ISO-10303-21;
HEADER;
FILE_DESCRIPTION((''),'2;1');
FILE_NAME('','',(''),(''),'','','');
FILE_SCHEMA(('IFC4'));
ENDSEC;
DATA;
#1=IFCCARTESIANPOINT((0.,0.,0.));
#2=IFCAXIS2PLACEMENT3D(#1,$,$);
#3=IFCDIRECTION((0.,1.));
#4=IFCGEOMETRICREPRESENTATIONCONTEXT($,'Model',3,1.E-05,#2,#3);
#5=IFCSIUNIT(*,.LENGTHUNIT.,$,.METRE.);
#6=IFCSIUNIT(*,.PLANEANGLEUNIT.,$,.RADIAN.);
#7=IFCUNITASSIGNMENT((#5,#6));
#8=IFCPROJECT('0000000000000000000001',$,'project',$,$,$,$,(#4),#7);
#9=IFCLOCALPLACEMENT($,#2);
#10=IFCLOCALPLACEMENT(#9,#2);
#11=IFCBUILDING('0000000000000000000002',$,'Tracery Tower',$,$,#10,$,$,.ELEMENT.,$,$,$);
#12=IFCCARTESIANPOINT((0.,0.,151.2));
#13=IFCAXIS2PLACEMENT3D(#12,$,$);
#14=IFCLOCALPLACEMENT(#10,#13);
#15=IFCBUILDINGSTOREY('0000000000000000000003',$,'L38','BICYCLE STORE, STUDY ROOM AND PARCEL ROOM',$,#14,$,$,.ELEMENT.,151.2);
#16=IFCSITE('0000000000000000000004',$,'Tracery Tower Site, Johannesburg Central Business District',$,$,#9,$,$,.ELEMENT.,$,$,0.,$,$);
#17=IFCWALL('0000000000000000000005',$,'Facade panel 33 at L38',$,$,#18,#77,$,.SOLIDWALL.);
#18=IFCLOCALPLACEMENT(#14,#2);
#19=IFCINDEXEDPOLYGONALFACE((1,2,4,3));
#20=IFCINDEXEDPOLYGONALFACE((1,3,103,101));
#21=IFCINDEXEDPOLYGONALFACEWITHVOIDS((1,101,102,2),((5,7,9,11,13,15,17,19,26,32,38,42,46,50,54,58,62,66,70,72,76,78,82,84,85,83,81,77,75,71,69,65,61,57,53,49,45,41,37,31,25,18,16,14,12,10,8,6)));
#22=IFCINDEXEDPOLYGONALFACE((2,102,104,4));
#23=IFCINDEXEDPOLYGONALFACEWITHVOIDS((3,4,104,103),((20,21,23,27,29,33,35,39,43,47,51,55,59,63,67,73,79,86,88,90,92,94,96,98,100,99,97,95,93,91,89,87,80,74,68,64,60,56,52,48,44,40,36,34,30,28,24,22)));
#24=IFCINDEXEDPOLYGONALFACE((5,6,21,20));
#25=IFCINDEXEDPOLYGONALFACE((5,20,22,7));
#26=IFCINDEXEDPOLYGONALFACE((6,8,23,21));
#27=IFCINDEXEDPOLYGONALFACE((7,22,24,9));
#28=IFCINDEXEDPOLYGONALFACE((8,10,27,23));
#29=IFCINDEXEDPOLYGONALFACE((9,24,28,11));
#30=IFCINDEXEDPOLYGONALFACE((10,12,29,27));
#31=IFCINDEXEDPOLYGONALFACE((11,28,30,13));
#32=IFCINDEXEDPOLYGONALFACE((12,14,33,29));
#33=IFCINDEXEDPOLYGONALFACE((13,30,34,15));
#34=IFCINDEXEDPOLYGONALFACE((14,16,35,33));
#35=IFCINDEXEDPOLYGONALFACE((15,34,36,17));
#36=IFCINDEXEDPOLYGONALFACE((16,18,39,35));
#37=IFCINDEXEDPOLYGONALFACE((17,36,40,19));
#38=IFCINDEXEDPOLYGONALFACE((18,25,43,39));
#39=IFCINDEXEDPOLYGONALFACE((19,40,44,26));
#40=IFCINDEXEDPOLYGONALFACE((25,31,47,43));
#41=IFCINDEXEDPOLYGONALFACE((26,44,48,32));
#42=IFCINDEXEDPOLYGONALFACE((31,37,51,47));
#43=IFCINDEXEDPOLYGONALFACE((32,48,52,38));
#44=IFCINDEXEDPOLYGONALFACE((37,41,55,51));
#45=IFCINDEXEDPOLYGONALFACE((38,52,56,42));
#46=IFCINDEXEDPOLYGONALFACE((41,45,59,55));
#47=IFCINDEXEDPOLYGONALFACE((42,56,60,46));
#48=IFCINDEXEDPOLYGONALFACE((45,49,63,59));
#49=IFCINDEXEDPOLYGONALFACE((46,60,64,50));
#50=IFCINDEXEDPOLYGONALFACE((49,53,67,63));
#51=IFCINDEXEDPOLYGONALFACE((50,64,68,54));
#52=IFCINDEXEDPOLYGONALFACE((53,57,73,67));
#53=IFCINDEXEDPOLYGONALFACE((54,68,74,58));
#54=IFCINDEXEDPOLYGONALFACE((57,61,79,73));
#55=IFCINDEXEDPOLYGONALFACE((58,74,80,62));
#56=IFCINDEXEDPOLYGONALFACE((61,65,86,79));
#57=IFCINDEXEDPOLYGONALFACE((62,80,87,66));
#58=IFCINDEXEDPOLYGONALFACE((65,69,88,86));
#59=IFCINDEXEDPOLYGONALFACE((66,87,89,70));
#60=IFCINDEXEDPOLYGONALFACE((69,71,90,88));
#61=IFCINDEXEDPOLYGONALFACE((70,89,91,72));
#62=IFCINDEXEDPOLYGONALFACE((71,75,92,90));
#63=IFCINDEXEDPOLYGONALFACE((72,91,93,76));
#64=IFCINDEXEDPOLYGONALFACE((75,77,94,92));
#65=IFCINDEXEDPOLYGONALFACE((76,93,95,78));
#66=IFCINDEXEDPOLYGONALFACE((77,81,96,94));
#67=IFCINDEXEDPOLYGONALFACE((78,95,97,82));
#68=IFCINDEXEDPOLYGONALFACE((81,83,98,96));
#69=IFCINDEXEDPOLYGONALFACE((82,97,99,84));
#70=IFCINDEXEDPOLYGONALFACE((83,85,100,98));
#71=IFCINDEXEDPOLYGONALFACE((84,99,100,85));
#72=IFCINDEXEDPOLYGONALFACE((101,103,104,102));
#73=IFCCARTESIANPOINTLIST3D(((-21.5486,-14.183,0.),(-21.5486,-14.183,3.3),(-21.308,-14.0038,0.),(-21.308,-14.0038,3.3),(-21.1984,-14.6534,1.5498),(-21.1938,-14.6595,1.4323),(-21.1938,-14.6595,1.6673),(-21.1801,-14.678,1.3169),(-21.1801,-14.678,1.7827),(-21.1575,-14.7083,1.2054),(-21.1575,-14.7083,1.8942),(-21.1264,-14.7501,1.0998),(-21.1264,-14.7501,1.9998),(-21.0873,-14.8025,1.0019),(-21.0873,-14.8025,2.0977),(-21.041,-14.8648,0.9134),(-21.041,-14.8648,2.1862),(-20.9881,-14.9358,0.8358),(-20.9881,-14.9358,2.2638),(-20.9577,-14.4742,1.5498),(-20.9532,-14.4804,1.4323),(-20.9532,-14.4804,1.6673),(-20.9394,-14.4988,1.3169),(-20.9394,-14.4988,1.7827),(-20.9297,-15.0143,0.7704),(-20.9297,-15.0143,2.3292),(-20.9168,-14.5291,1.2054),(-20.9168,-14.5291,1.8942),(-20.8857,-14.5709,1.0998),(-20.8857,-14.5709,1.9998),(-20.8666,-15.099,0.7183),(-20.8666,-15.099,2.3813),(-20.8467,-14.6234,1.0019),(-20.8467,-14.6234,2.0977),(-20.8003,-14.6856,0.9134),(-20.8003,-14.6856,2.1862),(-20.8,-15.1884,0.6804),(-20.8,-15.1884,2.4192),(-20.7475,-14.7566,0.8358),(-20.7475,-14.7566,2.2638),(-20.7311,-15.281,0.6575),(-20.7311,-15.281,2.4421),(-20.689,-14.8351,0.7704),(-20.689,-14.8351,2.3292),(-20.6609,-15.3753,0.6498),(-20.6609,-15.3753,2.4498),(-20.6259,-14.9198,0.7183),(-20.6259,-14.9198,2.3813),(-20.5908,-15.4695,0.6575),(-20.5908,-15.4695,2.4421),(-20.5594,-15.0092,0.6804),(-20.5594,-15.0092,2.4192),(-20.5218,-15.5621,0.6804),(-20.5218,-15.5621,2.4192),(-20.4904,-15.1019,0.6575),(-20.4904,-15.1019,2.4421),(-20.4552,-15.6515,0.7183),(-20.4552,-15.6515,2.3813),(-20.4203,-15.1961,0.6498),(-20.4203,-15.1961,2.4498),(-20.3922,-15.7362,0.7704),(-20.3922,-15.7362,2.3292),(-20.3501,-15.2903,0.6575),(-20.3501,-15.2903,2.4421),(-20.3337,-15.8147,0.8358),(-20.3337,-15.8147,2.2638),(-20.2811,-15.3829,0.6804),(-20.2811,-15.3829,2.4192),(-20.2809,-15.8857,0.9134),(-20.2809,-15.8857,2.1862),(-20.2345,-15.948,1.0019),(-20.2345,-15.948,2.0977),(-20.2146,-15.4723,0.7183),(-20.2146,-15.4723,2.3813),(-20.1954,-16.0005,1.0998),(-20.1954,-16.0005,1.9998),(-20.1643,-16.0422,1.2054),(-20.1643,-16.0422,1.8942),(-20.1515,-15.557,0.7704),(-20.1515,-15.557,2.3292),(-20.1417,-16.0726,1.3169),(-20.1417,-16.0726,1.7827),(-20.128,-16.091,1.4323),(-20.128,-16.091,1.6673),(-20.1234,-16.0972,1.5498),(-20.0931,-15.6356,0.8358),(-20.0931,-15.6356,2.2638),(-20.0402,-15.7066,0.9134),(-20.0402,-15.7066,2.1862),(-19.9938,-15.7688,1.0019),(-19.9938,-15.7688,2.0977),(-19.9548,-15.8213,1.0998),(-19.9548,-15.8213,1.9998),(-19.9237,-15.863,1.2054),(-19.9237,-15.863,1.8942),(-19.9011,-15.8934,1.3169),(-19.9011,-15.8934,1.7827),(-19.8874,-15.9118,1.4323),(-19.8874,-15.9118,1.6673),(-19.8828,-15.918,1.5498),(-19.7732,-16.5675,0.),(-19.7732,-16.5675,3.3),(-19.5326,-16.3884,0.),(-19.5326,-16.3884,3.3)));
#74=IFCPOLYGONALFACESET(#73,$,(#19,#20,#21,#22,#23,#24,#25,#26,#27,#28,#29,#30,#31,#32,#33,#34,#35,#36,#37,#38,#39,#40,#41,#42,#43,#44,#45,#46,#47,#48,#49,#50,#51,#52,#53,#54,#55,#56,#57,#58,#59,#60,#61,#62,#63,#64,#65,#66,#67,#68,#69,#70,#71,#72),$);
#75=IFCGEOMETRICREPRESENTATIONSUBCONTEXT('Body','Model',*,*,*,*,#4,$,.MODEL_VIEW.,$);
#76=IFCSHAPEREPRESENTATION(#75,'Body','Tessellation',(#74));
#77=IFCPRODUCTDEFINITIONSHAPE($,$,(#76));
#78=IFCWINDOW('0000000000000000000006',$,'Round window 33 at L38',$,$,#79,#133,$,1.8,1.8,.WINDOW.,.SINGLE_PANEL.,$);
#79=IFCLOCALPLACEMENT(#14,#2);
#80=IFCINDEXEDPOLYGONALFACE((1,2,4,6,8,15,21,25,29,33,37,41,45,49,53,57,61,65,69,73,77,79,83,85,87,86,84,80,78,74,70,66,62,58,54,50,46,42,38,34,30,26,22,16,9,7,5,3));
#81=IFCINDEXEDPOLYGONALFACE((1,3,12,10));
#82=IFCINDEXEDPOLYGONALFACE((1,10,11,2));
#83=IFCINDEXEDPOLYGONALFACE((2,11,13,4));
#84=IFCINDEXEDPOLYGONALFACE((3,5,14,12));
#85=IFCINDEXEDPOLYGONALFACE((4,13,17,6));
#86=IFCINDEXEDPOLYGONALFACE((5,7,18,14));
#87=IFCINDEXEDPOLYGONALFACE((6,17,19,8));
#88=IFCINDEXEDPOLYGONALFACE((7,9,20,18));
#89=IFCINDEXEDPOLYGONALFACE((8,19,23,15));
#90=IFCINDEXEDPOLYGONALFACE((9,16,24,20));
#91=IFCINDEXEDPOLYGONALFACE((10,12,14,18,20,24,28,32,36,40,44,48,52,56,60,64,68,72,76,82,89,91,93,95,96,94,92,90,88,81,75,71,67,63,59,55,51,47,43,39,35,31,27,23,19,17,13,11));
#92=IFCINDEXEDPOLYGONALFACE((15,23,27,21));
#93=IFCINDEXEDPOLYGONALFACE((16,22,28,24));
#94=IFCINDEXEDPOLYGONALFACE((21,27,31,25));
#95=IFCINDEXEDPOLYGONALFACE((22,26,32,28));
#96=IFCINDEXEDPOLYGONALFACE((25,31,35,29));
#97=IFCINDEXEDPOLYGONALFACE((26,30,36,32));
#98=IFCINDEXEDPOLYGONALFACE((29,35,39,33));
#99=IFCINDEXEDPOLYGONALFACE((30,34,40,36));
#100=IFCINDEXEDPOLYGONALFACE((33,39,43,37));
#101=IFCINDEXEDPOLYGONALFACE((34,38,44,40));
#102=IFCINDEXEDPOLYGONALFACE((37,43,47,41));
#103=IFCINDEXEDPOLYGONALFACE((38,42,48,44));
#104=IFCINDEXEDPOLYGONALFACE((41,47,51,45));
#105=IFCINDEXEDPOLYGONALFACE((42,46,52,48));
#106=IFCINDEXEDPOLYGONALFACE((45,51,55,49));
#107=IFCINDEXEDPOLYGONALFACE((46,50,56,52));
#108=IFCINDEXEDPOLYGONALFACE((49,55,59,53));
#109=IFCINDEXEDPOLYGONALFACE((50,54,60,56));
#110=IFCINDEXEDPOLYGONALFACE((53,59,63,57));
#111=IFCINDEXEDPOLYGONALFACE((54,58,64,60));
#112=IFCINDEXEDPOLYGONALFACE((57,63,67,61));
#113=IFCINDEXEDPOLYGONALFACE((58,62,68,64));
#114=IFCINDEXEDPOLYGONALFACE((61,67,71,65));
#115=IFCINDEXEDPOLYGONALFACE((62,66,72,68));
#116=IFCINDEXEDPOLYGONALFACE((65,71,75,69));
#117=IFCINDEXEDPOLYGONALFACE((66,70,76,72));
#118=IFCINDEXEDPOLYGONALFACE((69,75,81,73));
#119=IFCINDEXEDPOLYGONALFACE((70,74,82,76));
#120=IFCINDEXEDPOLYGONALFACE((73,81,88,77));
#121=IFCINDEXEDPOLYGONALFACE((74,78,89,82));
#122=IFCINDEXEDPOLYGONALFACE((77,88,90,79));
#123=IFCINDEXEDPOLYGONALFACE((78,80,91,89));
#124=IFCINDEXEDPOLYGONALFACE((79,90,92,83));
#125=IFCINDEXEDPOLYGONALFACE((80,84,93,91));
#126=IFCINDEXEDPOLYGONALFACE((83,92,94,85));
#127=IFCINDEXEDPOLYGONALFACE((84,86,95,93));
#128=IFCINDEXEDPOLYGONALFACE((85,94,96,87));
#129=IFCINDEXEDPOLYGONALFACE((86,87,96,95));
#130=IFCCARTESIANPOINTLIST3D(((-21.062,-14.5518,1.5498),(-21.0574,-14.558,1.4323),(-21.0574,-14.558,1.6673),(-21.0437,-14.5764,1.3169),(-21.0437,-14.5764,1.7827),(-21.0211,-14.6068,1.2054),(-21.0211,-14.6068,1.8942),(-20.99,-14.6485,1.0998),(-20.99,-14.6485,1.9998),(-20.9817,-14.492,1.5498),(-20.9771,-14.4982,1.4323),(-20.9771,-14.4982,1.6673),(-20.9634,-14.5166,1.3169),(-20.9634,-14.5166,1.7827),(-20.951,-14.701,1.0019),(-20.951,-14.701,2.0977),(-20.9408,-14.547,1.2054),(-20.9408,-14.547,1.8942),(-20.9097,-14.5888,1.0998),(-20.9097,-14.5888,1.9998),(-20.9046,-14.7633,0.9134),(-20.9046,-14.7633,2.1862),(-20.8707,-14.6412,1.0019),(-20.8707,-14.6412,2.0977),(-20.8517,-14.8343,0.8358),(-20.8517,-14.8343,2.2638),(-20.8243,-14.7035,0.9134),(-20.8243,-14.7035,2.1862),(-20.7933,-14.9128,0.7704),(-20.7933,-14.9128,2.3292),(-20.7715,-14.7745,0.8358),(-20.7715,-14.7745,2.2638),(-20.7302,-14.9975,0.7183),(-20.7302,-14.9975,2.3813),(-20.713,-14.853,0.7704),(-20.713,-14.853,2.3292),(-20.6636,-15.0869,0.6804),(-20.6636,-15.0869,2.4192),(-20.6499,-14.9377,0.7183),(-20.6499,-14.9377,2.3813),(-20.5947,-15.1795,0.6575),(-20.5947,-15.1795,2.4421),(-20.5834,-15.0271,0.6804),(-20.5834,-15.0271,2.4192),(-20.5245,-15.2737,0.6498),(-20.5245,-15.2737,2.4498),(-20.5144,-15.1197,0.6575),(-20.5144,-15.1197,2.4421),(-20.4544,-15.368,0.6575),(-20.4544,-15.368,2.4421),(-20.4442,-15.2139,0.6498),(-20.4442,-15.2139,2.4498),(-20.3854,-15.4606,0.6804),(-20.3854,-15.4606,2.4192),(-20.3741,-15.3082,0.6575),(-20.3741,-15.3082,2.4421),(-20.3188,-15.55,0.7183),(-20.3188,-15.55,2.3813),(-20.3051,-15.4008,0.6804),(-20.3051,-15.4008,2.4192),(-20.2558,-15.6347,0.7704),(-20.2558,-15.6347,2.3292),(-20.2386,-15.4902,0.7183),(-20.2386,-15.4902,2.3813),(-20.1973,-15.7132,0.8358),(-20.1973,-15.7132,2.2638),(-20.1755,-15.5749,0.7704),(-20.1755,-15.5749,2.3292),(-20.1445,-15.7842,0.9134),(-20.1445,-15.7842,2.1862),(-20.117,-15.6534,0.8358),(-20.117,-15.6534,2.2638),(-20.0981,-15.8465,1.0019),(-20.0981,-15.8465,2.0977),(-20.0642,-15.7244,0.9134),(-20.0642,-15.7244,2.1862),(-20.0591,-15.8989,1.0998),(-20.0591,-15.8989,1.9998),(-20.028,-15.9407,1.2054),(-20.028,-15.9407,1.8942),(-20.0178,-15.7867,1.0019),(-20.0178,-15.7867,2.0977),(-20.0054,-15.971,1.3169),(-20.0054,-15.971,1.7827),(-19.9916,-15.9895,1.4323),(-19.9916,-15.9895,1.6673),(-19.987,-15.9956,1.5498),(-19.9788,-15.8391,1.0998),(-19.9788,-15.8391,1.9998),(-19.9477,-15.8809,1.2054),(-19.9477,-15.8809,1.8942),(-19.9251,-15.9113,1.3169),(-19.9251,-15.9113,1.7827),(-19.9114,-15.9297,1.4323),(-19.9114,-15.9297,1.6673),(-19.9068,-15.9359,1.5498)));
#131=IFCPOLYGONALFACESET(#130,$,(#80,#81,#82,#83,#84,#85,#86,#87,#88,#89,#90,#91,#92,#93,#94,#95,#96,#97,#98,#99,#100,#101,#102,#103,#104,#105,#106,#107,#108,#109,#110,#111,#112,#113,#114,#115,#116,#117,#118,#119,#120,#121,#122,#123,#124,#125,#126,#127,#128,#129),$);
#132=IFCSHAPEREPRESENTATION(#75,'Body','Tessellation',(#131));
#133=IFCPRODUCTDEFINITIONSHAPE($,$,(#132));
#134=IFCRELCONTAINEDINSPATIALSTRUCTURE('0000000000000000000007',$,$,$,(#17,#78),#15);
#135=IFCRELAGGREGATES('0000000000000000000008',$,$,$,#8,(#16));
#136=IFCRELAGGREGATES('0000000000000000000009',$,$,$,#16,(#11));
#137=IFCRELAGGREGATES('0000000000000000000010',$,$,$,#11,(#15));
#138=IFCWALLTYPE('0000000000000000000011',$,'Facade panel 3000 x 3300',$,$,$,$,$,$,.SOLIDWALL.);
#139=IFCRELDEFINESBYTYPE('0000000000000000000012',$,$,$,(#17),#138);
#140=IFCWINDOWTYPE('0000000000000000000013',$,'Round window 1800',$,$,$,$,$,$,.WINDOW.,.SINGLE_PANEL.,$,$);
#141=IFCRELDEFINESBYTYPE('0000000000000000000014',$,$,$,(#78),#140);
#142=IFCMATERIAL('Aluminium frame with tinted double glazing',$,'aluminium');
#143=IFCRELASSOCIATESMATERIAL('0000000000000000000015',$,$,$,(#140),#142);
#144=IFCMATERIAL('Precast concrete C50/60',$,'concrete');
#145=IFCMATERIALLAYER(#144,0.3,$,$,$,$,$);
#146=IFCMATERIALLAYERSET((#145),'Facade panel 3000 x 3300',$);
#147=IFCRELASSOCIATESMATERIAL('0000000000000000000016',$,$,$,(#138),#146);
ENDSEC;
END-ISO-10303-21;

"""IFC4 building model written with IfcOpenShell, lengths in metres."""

from ifc_helpers import new_model, si_unit, direction, frame, frame_2d, origin, origin_2d, place, context, subcontext, project, spatial, rectangle, circle, extrude, material, layer, layer_set, type_object, element, fill, save


model = new_model("IFC4")

# Units and contexts
model_context = context("Model", 3, precision=1e-05, world=origin(), true_north=direction((0.0, 1.0)))
body_context = subcontext(model_context, "Body", "Model", "MODEL_VIEW")
ifc_project = project(units=[si_unit("LENGTHUNIT", "METRE"), si_unit("PLANEANGLEUNIT", "RADIAN")], contexts=[model_context])

# Site, building, storey
site_placement = place(None, origin())
site = spatial("IfcSite", under=ifc_project, at=site_placement, Name="Tracery Tower Site, Johannesburg Central Business District", CompositionType="ELEMENT", RefElevation=0.0)
building_placement = place(site_placement, origin())
building = spatial("IfcBuilding", under=site, at=building_placement, Name="Tracery Tower", CompositionType="ELEMENT")
storey_placement = place(building_placement, frame((0.0, 0.0, 151.2)))
storey = spatial("IfcBuildingStorey", under=building, at=storey_placement, Name="L38", Description="BICYCLE STORE, STUDY ROOM AND PARCEL ROOM", CompositionType="ELEMENT", Elevation=151.2)

# Wall, opening, window
ifc_material_1 = material(Name="Aluminium frame with tinted double glazing", Category="aluminium")
window_type = type_object("IfcWindowType", Name="Round window 1800", PartitioningType="SINGLE_PANEL", PredefinedType="WINDOW", material=ifc_material_1)
ifc_material_2 = material(Name="Precast concrete C50/60", Category="concrete")
ifc_layer_1 = layer(ifc_material_2, 0.3)
ifc_layer_set_1 = layer_set([ifc_layer_1], Name="Facade panel 3000 x 3300")
wall_type_1 = type_object("IfcWallType", Name="Facade panel 3000 x 3300", PredefinedType="SOLIDWALL", material=ifc_layer_set_1)
wall_1_placement = place(storey_placement, frame((-21.4282, -14.0935, 0.0), z_axis=(0.0, 0.0, 1.0), x_axis=(0.597198, -0.802094, 0.0)))
wall_1 = element("IfcWall", 1, at=wall_1_placement, inside=storey, type_object=wall_type_1, Name="Facade panel 33 at L38", PredefinedType="SOLIDWALL", context=body_context, shape_type="SweptSolid", body=[
    extrude(rectangle(XDim=2.9729, YDim=0.3, at=frame_2d((1.4863, 0.0))), origin(), (0.0, 0.0, 1.0), 3.3),
])
opening_1_placement = place(wall_1_placement, frame((1.4863, 0.0, 1.5498)))
opening_1 = element("IfcOpeningElement", 2, at=opening_1_placement, cuts=wall_1, PredefinedType="OPENING", context=body_context, shape_type="SweptSolid", body=[
    extrude(circle(Radius=0.9, at=origin_2d()), frame((0.0, 0.1599, 0.0), z_axis=(0.0, -1.0, 0.0), x_axis=(1.0, 0.0, 0.0)), (0.0, 0.0, 1.0), 0.3201),
])
window_1_placement = place(opening_1_placement, origin())
window_1 = element("IfcWindow", 3, at=window_1_placement, inside=storey, type_object=window_type, Name="Round window 33 at L38", OverallHeight=1.8, OverallWidth=1.8, PartitioningType="SINGLE_PANEL", PredefinedType="WINDOW", context=body_context, shape_type="SweptSolid", body=[
    extrude(circle(Radius=0.9, at=origin_2d()), frame((0.0, 0.1201, 0.0), z_axis=(0.0, -1.0, 0.0), x_axis=(1.0, 0.0, 0.0)), (0.0, 0.0, 1.0), 0.1001),
])
fill(opening_1, window_1)

save(model, "model.ifc")
